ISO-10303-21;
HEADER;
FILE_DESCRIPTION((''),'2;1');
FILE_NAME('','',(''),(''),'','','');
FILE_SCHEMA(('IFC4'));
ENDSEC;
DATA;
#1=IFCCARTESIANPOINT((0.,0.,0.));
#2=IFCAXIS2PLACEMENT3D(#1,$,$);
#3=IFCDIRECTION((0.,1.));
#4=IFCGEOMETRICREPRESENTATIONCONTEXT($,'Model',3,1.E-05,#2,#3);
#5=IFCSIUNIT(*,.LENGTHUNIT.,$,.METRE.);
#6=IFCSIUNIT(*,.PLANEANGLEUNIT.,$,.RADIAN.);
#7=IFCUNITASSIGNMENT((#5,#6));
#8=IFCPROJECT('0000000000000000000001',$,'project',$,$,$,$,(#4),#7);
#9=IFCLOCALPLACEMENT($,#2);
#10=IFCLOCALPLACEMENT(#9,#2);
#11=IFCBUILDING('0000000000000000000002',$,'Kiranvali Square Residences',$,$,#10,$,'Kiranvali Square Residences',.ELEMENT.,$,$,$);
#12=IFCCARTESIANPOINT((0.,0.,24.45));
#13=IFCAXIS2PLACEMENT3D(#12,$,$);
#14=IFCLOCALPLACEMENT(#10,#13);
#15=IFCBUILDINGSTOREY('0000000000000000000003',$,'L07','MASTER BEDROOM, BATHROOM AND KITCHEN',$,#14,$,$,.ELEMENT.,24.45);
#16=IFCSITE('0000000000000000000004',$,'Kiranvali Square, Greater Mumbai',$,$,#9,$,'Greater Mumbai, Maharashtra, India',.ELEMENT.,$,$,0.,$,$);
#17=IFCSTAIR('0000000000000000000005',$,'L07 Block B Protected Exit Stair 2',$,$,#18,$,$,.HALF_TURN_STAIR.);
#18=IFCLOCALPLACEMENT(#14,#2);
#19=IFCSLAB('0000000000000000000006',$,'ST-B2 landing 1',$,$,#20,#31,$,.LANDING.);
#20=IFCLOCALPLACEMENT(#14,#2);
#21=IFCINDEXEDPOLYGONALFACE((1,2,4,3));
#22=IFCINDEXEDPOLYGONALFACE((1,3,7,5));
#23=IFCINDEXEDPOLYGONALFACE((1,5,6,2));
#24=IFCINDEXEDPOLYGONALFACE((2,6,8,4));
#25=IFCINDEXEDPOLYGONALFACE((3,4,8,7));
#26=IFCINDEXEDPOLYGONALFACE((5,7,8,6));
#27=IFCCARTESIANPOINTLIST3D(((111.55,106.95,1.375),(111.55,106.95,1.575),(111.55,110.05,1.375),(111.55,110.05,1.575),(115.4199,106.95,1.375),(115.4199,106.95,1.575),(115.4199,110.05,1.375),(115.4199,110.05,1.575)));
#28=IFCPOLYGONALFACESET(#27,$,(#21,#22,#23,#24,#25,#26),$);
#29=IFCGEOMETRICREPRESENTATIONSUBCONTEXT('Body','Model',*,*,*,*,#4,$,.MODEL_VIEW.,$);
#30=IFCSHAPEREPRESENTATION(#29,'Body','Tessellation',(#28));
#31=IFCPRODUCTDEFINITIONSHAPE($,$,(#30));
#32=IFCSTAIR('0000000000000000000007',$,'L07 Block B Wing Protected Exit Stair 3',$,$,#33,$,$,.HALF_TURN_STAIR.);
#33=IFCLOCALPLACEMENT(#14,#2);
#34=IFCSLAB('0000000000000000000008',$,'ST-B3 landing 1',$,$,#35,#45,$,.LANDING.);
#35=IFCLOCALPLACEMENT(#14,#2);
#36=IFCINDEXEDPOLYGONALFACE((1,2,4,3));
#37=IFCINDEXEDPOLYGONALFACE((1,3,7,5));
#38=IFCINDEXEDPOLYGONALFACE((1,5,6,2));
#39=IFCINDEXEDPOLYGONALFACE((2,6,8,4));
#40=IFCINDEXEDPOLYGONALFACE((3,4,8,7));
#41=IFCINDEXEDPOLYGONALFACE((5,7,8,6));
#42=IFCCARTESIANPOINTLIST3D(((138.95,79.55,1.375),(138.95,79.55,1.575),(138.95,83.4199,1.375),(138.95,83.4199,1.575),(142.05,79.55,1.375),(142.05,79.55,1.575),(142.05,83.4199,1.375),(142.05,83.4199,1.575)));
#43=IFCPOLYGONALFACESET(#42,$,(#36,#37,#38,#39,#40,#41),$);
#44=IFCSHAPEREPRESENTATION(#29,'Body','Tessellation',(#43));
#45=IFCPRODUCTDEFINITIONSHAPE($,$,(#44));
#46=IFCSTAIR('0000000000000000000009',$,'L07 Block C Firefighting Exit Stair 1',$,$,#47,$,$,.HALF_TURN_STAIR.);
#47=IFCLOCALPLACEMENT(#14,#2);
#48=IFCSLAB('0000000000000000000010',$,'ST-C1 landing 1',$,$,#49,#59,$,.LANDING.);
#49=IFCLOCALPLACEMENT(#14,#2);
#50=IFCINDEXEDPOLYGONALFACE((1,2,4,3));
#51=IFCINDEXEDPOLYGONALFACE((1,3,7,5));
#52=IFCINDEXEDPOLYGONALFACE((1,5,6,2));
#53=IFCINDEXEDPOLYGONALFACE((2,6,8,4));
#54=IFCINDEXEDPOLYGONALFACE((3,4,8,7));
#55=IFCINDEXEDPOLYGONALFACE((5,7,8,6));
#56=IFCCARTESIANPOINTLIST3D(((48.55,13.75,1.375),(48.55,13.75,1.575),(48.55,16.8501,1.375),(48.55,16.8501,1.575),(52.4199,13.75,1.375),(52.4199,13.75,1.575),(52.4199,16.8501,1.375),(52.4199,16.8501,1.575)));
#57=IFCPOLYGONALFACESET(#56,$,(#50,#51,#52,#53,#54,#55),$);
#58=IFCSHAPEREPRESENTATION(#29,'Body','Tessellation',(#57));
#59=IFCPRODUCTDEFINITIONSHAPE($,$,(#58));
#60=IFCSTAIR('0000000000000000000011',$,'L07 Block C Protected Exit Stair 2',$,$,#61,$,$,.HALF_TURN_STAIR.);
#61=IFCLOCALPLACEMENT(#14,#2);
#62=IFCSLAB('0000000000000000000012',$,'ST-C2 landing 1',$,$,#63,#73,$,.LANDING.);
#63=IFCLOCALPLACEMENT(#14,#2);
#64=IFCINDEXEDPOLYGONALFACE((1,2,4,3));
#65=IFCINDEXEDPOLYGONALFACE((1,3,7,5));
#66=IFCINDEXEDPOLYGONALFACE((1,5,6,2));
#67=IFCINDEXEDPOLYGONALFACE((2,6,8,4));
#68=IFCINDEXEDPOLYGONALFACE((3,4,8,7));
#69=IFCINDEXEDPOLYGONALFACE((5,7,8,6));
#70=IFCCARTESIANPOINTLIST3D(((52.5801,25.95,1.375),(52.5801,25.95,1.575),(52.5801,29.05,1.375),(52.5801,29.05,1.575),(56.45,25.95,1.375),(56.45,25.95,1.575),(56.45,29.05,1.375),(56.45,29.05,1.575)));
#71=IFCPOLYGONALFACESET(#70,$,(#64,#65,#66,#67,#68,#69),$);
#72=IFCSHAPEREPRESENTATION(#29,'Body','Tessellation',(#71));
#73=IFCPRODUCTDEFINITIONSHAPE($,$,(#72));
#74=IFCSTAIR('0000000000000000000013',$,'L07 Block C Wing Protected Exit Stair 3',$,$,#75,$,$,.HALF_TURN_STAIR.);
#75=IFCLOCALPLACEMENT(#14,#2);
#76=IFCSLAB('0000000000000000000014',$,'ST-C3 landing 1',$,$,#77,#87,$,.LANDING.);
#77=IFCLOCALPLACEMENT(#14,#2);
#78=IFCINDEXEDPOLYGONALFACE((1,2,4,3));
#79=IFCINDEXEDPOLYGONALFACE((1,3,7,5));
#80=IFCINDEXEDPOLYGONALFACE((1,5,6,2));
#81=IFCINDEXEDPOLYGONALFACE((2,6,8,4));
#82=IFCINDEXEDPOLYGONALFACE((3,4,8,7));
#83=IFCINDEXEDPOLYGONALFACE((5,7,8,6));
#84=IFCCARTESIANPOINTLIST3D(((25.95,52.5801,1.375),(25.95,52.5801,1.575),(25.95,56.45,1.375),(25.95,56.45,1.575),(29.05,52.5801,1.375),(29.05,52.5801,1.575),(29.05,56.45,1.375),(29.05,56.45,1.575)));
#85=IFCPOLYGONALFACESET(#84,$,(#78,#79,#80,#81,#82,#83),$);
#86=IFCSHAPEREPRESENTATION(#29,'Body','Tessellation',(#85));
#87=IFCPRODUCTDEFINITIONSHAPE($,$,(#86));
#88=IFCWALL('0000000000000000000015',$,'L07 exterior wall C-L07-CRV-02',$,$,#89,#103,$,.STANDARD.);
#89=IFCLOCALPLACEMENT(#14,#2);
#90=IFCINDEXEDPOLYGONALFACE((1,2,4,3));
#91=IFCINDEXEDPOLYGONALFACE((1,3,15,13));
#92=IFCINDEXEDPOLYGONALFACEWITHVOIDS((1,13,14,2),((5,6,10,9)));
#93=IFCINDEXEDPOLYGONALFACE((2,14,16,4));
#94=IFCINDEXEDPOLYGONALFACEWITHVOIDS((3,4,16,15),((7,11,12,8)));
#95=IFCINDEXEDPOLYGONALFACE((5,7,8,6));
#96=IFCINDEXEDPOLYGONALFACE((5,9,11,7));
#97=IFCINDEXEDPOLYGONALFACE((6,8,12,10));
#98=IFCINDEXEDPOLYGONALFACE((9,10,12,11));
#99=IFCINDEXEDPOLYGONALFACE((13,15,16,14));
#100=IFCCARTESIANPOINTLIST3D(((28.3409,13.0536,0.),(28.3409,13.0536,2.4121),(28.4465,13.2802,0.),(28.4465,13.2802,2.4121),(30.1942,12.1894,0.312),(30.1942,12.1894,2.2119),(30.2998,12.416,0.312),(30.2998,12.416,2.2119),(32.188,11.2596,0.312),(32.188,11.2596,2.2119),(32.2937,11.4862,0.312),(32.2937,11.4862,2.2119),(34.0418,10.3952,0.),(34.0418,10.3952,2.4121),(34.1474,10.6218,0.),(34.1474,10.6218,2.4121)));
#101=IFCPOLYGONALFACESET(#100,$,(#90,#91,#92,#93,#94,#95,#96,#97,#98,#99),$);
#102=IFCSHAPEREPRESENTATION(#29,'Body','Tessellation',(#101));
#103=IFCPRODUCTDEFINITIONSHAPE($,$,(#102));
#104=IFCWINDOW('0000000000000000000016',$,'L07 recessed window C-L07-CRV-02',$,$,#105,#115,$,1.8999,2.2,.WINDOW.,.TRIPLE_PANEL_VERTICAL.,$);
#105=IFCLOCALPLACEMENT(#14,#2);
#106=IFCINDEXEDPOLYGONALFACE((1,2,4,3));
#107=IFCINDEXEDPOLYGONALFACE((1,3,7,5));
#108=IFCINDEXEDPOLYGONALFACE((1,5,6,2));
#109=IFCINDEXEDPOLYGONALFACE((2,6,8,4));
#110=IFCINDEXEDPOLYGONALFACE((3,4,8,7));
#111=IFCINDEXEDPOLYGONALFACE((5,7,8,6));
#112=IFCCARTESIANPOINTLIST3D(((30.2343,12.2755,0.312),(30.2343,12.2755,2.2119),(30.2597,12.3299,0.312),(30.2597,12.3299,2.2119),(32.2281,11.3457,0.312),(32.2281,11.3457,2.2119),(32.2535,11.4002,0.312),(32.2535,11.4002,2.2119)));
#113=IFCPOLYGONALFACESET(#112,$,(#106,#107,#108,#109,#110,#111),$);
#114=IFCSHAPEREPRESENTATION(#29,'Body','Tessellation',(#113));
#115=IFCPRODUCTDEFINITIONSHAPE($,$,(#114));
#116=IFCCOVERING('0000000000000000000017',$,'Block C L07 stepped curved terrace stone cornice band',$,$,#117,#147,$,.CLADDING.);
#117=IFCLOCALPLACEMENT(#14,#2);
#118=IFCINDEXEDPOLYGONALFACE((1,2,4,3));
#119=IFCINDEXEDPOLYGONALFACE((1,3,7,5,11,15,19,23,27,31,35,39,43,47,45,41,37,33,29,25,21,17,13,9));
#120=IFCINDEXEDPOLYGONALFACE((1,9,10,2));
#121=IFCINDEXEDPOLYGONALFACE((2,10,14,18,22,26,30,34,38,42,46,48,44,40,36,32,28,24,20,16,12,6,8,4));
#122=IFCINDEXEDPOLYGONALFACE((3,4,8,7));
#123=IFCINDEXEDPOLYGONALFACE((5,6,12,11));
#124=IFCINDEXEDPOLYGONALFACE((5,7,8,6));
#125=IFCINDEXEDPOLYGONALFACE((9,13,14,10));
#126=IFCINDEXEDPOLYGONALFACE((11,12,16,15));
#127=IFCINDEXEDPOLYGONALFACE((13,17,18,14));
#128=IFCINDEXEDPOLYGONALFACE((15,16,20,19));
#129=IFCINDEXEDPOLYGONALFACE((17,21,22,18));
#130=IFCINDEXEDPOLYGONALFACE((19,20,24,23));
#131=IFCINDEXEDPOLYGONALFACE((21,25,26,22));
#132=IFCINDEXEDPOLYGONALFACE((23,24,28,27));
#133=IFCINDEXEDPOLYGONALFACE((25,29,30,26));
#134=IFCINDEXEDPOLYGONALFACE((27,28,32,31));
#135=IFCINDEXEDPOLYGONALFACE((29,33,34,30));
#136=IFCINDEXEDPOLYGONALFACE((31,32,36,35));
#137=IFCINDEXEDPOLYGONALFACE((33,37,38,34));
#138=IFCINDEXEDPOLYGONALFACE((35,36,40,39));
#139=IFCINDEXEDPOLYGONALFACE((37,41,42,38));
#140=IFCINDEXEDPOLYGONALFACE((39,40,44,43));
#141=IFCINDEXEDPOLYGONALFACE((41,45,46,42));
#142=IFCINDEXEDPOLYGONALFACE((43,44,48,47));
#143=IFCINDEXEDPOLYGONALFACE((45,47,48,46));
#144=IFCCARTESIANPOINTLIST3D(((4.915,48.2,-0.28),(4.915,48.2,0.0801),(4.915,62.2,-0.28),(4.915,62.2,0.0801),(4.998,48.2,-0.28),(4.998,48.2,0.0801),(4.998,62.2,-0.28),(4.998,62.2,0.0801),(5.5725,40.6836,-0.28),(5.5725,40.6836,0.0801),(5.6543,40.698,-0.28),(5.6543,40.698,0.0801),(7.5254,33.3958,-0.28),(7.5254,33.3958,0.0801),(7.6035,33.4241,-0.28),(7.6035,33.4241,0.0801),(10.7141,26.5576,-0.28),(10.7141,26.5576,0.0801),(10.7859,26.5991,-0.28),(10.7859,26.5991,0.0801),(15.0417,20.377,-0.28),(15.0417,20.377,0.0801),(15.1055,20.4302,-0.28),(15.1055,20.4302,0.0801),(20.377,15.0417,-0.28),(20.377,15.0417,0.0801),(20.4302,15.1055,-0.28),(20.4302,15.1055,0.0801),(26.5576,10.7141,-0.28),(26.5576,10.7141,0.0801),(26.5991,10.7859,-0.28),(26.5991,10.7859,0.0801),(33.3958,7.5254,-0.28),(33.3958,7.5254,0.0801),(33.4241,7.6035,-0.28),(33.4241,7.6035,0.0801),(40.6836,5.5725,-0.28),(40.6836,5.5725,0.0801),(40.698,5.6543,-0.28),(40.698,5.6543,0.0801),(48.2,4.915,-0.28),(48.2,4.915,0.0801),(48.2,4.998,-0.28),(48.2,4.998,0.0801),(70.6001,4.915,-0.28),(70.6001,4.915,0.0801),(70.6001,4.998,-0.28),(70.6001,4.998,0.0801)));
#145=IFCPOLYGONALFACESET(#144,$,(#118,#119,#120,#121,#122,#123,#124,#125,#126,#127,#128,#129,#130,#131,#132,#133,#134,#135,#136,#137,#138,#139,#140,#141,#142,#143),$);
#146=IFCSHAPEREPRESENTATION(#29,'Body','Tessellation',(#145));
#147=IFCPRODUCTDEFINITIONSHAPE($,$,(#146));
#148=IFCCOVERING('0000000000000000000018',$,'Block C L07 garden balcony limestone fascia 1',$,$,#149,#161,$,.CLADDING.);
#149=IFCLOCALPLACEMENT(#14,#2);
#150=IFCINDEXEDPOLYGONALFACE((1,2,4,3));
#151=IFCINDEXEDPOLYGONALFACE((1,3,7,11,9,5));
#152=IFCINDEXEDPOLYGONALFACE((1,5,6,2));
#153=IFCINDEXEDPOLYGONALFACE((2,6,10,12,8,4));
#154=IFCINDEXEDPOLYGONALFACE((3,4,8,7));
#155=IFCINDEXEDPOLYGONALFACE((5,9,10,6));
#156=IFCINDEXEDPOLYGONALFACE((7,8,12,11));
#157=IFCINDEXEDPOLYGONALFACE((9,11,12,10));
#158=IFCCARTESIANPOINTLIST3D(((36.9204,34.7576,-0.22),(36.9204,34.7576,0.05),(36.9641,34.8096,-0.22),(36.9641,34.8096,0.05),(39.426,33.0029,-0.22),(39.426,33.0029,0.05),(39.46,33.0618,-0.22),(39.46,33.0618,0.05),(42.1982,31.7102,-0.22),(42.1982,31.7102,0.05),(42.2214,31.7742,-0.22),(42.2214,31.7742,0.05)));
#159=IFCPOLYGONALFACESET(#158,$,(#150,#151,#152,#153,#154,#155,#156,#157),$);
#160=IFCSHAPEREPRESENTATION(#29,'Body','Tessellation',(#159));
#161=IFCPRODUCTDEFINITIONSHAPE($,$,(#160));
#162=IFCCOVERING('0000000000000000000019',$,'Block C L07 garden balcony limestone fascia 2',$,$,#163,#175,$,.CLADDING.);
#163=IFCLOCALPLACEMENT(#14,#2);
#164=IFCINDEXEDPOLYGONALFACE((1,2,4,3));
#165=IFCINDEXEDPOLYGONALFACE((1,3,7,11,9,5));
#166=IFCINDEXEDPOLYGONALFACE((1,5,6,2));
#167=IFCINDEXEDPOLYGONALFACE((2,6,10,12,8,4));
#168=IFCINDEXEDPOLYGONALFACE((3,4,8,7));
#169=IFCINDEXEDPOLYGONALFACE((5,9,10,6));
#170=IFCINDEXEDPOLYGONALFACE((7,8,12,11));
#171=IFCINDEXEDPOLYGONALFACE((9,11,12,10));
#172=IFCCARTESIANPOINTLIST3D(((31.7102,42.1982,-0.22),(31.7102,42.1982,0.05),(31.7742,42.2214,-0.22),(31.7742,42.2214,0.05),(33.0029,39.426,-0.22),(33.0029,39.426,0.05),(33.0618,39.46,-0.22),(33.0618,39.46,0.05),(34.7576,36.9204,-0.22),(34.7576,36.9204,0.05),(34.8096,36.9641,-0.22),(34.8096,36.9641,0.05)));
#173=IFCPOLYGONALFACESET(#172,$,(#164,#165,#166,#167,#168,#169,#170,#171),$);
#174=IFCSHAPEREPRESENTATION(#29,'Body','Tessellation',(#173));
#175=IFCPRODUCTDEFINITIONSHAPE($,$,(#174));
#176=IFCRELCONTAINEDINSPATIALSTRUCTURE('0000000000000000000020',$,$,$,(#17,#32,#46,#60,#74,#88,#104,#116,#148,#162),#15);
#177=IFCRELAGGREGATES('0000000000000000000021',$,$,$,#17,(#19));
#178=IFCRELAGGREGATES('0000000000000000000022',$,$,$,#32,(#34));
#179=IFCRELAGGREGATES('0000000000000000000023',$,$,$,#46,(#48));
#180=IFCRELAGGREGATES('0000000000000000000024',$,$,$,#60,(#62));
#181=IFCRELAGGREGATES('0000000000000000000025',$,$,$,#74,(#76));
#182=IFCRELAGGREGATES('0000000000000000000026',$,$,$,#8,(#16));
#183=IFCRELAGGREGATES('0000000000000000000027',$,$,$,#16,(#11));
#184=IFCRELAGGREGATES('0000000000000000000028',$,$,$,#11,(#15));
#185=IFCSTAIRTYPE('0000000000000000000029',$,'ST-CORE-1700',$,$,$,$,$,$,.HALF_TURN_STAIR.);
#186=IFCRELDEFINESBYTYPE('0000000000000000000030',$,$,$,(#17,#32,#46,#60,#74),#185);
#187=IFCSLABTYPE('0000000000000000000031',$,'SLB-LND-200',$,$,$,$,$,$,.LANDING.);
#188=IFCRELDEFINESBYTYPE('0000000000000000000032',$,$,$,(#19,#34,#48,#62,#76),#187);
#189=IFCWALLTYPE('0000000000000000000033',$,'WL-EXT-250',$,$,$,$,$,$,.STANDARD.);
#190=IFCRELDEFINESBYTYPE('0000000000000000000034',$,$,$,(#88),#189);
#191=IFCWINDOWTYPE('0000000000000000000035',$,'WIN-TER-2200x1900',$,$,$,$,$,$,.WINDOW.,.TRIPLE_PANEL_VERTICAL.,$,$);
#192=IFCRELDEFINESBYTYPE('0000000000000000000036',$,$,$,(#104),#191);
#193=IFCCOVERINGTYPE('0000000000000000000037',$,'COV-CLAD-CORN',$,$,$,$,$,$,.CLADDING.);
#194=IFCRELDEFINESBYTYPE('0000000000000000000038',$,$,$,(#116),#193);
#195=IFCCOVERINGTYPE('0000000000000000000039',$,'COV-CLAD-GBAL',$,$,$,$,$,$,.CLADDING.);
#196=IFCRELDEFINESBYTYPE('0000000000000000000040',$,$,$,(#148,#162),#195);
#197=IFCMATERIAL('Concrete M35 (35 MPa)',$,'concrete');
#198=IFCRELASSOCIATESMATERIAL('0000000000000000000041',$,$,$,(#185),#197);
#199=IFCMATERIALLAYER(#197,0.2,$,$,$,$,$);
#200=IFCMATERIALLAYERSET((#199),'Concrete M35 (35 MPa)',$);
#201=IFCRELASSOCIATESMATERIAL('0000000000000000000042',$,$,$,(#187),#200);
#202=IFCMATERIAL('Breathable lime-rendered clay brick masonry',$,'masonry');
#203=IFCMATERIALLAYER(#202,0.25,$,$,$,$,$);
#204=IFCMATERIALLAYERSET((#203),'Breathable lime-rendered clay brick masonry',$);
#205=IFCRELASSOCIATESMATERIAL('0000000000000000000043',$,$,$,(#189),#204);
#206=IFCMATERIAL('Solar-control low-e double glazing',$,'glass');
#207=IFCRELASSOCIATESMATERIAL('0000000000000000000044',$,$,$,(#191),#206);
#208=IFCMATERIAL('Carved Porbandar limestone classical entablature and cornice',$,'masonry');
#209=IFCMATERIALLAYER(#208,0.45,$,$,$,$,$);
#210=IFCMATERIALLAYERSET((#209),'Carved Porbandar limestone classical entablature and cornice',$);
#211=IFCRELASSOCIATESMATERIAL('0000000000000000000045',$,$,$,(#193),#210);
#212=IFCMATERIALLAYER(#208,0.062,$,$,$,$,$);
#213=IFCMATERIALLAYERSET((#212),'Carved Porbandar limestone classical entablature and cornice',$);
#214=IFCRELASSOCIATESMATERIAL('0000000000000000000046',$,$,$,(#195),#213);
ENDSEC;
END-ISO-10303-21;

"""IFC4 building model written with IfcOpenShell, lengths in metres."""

from ifc_helpers import new_model, si_unit, direction, frame, frame_2d, origin, place, context, subcontext, project, spatial, polyline, rectangle, outline, extrude, material, layer, layer_set, type_object, element, fill, aggregate, save


model = new_model("IFC4")

# Units and contexts
model_context = context("Model", 3, precision=1e-05, world=origin(), true_north=direction((0.0, 1.0)))
body_context = subcontext(model_context, "Body", "Model", "MODEL_VIEW")
ifc_project = project(units=[si_unit("LENGTHUNIT", "METRE"), si_unit("PLANEANGLEUNIT", "RADIAN")], contexts=[model_context])

# Site, building, storey
site_placement = place(None, origin())
site = spatial("IfcSite", under=ifc_project, at=site_placement, Name="Kiranvali Square, Greater Mumbai", LongName="Greater Mumbai, Maharashtra, India", CompositionType="ELEMENT", RefElevation=0.0)
building_placement = place(site_placement, origin())
building = spatial("IfcBuilding", under=site, at=building_placement, Name="Kiranvali Square Residences", LongName="Kiranvali Square Residences", CompositionType="ELEMENT")
storey_placement = place(building_placement, frame((0.0, 0.0, 24.45)))
storey = spatial("IfcBuildingStorey", under=building, at=storey_placement, Name="L07", Description="MASTER BEDROOM, BATHROOM AND KITCHEN", CompositionType="ELEMENT", Elevation=24.45)

# Shared definitions
ifc_material_1 = material(Name="Solar-control low-e double glazing", Category="glass")

# Stairs, slabs
ifc_material_2 = material(Name="Concrete M35 (35 MPa)", Category="concrete")
stair_type = type_object("IfcStairType", Name="ST-CORE-1700", PredefinedType="HALF_TURN_STAIR", material=ifc_material_2)
ifc_layer_1 = layer(ifc_material_2, 0.2)
ifc_layer_set_1 = layer_set([ifc_layer_1], Name="Concrete M35 (35 MPa)")
slab_type = type_object("IfcSlabType", Name="SLB-LND-200", PredefinedType="LANDING", material=ifc_layer_set_1)
stair_1_placement = place(storey_placement, origin())
stair_1 = element("IfcStair", 1, at=stair_1_placement, inside=storey, type_object=stair_type, Name="L07 Block B Protected Exit Stair 2", PredefinedType="HALF_TURN_STAIR")
slab_1_placement = place(storey_placement, frame((0.0, 0.0, 1.375)))
slab_1 = element("IfcSlab", 2, at=slab_1_placement, type_object=slab_type, Name="ST-B2 landing 1", PredefinedType="LANDING", context=body_context, shape_type="SweptSolid", body=[
    extrude(outline(polyline([(115.4199, 110.05), (111.55, 110.05), (111.55, 106.95), (115.4199, 106.95), (115.4199, 110.05)])), origin(), (0.0, 0.0, 1.0), 0.2),
])
aggregate(stair_1, [slab_1])
stair_2_placement = place(storey_placement, origin())
stair_2 = element("IfcStair", 3, at=stair_2_placement, inside=storey, type_object=stair_type, Name="L07 Block B Wing Protected Exit Stair 3", PredefinedType="HALF_TURN_STAIR")
slab_2_placement = place(storey_placement, frame((0.0, 0.0, 1.375)))
slab_2 = element("IfcSlab", 4, at=slab_2_placement, type_object=slab_type, Name="ST-B3 landing 1", PredefinedType="LANDING", context=body_context, shape_type="SweptSolid", body=[
    extrude(outline(polyline([(138.95, 83.4199), (138.95, 79.55), (142.05, 79.55), (142.05, 83.4199), (138.95, 83.4199)])), origin(), (0.0, 0.0, 1.0), 0.2),
])
aggregate(stair_2, [slab_2])
stair_3_placement = place(storey_placement, origin())
stair_3 = element("IfcStair", 5, at=stair_3_placement, inside=storey, type_object=stair_type, Name="L07 Block C Firefighting Exit Stair 1", PredefinedType="HALF_TURN_STAIR")
slab_3_placement = place(storey_placement, frame((0.0, 0.0, 1.375)))
slab_3 = element("IfcSlab", 6, at=slab_3_placement, type_object=slab_type, Name="ST-C1 landing 1", PredefinedType="LANDING", context=body_context, shape_type="SweptSolid", body=[
    extrude(outline(polyline([(52.4199, 16.8501), (48.55, 16.8501), (48.55, 13.75), (52.4199, 13.75), (52.4199, 16.8501)])), origin(), (0.0, 0.0, 1.0), 0.2),
])
aggregate(stair_3, [slab_3])
stair_4_placement = place(storey_placement, origin())
stair_4 = element("IfcStair", 7, at=stair_4_placement, inside=storey, type_object=stair_type, Name="L07 Block C Protected Exit Stair 2", PredefinedType="HALF_TURN_STAIR")
slab_4_placement = place(storey_placement, frame((0.0, 0.0, 1.375)))
slab_4 = element("IfcSlab", 8, at=slab_4_placement, type_object=slab_type, Name="ST-C2 landing 1", PredefinedType="LANDING", context=body_context, shape_type="SweptSolid", body=[
    extrude(outline(polyline([(52.5801, 25.95), (56.45, 25.95), (56.45, 29.05), (52.5801, 29.05), (52.5801, 25.95)])), origin(), (0.0, 0.0, 1.0), 0.2),
])
aggregate(stair_4, [slab_4])
stair_5_placement = place(storey_placement, origin())
stair_5 = element("IfcStair", 9, at=stair_5_placement, inside=storey, type_object=stair_type, Name="L07 Block C Wing Protected Exit Stair 3", PredefinedType="HALF_TURN_STAIR")
slab_5_placement = place(storey_placement, frame((0.0, 0.0, 1.375)))
slab_5 = element("IfcSlab", 10, at=slab_5_placement, type_object=slab_type, Name="ST-C3 landing 1", PredefinedType="LANDING", context=body_context, shape_type="SweptSolid", body=[
    extrude(outline(polyline([(29.05, 52.5801), (29.05, 56.45), (25.95, 56.45), (25.95, 52.5801), (29.05, 52.5801)])), origin(), (0.0, 0.0, 1.0), 0.2),
])
aggregate(stair_5, [slab_5])

# Wall, opening, window
ifc_material_3 = material(Name="Breathable lime-rendered clay brick masonry", Category="masonry")
ifc_layer_2 = layer(ifc_material_3, 0.25)
ifc_layer_set_2 = layer_set([ifc_layer_2], Name="Breathable lime-rendered clay brick masonry")
wall_type = type_object("IfcWallType", Name="WL-EXT-250", PredefinedType="STANDARD", material=ifc_layer_set_2)
wall_placement = place(storey_placement, frame((34.0945, 10.5085, 0.0), z_axis=(0.0, 0.0, 1.0), x_axis=(-0.906304, 0.422626, 0.0)))
wall = element("IfcWall", 11, at=wall_placement, inside=storey, type_object=wall_type, Name="L07 exterior wall C-L07-CRV-02", PredefinedType="STANDARD", context=body_context, shape_type="SweptSolid", body=[
    extrude(rectangle(XDim=6.2903, YDim=0.25, at=frame_2d((3.145, 0.0))), origin(), (0.0, 0.0, 1.0), 2.4121),
])
opening_placement = place(wall_placement, frame((2.0452, 0.0, 0.312)))
opening = element("IfcOpeningElement", 12, at=opening_placement, cuts=wall, PredefinedType="OPENING", context=body_context, shape_type="SweptSolid", body=[
    extrude(rectangle(XDim=2.2, YDim=1.8999, at=frame_2d((1.1001, 0.95))), frame((0.0, 0.135, 0.0), z_axis=(0.0, -1.0, 0.0), x_axis=(1.0, 0.0, 0.0)), (0.0, 0.0, 1.0), 0.27),
])
window_type = type_object("IfcWindowType", Name="WIN-TER-2200x1900", PartitioningType="TRIPLE_PANEL_VERTICAL", PredefinedType="WINDOW", material=ifc_material_1)
window_placement = place(opening_placement, origin())
window = element("IfcWindow", 13, at=window_placement, inside=storey, type_object=window_type, Name="L07 recessed window C-L07-CRV-02", OverallHeight=1.8999, OverallWidth=2.2, PartitioningType="TRIPLE_PANEL_VERTICAL", PredefinedType="WINDOW", context=body_context, shape_type="SweptSolid", body=[
    extrude(rectangle(XDim=2.2, YDim=1.8999, at=frame_2d((1.1001, 0.95))), frame((0.0, 0.03, 0.0), z_axis=(0.0, -1.0, 0.0), x_axis=(1.0, 0.0, 0.0)), (0.0, 0.0, 1.0), 0.0601),
])
fill(opening, window)

# Coverings
ifc_material_4 = material(Name="Carved Porbandar limestone classical entablature and cornice", Category="masonry")
ifc_layer_3 = layer(ifc_material_4, 0.45)
ifc_layer_set_3 = layer_set([ifc_layer_3], Name="Carved Porbandar limestone classical entablature and cornice")
covering_type_1 = type_object("IfcCoveringType", Name="COV-CLAD-CORN", PredefinedType="CLADDING", material=ifc_layer_set_3)
covering_1_placement = place(storey_placement, frame((0.0, 0.0, -0.28)))
element("IfcCovering", 14, at=covering_1_placement, inside=storey, type_object=covering_type_1, Name="Block C L07 stepped curved terrace stone cornice band", PredefinedType="CLADDING", context=body_context, shape_type="SweptSolid", body=[
    extrude(outline(polyline([(70.6001, 4.998), (48.2, 4.998), (40.698, 5.6543), (33.4241, 7.6035), (26.5991, 10.7859), (20.4302, 15.1055), (15.1055, 20.4302), (10.7859, 26.5991), (7.6035, 33.4241), (5.6543, 40.698), (4.998, 48.2), (4.998, 62.2), (4.915, 62.2), (4.915, 48.2), (5.5725, 40.6836), (7.5254, 33.3958), (10.7141, 26.5576), (15.0417, 20.377), (20.377, 15.0417), (26.5576, 10.7141), (33.3958, 7.5254), (40.6836, 5.5725), (48.2, 4.915), (70.6001, 4.915), (70.6001, 4.998)])), origin(), (0.0, 0.0, 1.0), 0.3601),
])
ifc_layer_4 = layer(ifc_material_4, 0.062)
ifc_layer_set_4 = layer_set([ifc_layer_4], Name="Carved Porbandar limestone classical entablature and cornice")
covering_type_2 = type_object("IfcCoveringType", Name="COV-CLAD-GBAL", PredefinedType="CLADDING", material=ifc_layer_set_4)
covering_2_placement = place(storey_placement, frame((0.0, 0.0, -0.22)))
element("IfcCovering", 15, at=covering_2_placement, inside=storey, type_object=covering_type_2, Name="Block C L07 garden balcony limestone fascia 1", PredefinedType="CLADDING", context=body_context, shape_type="SweptSolid", body=[
    extrude(outline(polyline([(42.2214, 31.7742), (39.46, 33.0618), (36.9641, 34.8096), (36.9204, 34.7576), (39.426, 33.0029), (42.1982, 31.7102), (42.2214, 31.7742)])), origin(), (0.0, 0.0, 1.0), 0.27),
])
covering_3_placement = place(storey_placement, frame((0.0, 0.0, -0.22)))
element("IfcCovering", 16, at=covering_3_placement, inside=storey, type_object=covering_type_2, Name="Block C L07 garden balcony limestone fascia 2", PredefinedType="CLADDING", context=body_context, shape_type="SweptSolid", body=[
    extrude(outline(polyline([(34.8096, 36.9641), (33.0618, 39.46), (31.7742, 42.2214), (31.7102, 42.1982), (33.0029, 39.426), (34.7576, 36.9204), (34.8096, 36.9641)])), origin(), (0.0, 0.0, 1.0), 0.27),
])

save(model, "model.ifc")
